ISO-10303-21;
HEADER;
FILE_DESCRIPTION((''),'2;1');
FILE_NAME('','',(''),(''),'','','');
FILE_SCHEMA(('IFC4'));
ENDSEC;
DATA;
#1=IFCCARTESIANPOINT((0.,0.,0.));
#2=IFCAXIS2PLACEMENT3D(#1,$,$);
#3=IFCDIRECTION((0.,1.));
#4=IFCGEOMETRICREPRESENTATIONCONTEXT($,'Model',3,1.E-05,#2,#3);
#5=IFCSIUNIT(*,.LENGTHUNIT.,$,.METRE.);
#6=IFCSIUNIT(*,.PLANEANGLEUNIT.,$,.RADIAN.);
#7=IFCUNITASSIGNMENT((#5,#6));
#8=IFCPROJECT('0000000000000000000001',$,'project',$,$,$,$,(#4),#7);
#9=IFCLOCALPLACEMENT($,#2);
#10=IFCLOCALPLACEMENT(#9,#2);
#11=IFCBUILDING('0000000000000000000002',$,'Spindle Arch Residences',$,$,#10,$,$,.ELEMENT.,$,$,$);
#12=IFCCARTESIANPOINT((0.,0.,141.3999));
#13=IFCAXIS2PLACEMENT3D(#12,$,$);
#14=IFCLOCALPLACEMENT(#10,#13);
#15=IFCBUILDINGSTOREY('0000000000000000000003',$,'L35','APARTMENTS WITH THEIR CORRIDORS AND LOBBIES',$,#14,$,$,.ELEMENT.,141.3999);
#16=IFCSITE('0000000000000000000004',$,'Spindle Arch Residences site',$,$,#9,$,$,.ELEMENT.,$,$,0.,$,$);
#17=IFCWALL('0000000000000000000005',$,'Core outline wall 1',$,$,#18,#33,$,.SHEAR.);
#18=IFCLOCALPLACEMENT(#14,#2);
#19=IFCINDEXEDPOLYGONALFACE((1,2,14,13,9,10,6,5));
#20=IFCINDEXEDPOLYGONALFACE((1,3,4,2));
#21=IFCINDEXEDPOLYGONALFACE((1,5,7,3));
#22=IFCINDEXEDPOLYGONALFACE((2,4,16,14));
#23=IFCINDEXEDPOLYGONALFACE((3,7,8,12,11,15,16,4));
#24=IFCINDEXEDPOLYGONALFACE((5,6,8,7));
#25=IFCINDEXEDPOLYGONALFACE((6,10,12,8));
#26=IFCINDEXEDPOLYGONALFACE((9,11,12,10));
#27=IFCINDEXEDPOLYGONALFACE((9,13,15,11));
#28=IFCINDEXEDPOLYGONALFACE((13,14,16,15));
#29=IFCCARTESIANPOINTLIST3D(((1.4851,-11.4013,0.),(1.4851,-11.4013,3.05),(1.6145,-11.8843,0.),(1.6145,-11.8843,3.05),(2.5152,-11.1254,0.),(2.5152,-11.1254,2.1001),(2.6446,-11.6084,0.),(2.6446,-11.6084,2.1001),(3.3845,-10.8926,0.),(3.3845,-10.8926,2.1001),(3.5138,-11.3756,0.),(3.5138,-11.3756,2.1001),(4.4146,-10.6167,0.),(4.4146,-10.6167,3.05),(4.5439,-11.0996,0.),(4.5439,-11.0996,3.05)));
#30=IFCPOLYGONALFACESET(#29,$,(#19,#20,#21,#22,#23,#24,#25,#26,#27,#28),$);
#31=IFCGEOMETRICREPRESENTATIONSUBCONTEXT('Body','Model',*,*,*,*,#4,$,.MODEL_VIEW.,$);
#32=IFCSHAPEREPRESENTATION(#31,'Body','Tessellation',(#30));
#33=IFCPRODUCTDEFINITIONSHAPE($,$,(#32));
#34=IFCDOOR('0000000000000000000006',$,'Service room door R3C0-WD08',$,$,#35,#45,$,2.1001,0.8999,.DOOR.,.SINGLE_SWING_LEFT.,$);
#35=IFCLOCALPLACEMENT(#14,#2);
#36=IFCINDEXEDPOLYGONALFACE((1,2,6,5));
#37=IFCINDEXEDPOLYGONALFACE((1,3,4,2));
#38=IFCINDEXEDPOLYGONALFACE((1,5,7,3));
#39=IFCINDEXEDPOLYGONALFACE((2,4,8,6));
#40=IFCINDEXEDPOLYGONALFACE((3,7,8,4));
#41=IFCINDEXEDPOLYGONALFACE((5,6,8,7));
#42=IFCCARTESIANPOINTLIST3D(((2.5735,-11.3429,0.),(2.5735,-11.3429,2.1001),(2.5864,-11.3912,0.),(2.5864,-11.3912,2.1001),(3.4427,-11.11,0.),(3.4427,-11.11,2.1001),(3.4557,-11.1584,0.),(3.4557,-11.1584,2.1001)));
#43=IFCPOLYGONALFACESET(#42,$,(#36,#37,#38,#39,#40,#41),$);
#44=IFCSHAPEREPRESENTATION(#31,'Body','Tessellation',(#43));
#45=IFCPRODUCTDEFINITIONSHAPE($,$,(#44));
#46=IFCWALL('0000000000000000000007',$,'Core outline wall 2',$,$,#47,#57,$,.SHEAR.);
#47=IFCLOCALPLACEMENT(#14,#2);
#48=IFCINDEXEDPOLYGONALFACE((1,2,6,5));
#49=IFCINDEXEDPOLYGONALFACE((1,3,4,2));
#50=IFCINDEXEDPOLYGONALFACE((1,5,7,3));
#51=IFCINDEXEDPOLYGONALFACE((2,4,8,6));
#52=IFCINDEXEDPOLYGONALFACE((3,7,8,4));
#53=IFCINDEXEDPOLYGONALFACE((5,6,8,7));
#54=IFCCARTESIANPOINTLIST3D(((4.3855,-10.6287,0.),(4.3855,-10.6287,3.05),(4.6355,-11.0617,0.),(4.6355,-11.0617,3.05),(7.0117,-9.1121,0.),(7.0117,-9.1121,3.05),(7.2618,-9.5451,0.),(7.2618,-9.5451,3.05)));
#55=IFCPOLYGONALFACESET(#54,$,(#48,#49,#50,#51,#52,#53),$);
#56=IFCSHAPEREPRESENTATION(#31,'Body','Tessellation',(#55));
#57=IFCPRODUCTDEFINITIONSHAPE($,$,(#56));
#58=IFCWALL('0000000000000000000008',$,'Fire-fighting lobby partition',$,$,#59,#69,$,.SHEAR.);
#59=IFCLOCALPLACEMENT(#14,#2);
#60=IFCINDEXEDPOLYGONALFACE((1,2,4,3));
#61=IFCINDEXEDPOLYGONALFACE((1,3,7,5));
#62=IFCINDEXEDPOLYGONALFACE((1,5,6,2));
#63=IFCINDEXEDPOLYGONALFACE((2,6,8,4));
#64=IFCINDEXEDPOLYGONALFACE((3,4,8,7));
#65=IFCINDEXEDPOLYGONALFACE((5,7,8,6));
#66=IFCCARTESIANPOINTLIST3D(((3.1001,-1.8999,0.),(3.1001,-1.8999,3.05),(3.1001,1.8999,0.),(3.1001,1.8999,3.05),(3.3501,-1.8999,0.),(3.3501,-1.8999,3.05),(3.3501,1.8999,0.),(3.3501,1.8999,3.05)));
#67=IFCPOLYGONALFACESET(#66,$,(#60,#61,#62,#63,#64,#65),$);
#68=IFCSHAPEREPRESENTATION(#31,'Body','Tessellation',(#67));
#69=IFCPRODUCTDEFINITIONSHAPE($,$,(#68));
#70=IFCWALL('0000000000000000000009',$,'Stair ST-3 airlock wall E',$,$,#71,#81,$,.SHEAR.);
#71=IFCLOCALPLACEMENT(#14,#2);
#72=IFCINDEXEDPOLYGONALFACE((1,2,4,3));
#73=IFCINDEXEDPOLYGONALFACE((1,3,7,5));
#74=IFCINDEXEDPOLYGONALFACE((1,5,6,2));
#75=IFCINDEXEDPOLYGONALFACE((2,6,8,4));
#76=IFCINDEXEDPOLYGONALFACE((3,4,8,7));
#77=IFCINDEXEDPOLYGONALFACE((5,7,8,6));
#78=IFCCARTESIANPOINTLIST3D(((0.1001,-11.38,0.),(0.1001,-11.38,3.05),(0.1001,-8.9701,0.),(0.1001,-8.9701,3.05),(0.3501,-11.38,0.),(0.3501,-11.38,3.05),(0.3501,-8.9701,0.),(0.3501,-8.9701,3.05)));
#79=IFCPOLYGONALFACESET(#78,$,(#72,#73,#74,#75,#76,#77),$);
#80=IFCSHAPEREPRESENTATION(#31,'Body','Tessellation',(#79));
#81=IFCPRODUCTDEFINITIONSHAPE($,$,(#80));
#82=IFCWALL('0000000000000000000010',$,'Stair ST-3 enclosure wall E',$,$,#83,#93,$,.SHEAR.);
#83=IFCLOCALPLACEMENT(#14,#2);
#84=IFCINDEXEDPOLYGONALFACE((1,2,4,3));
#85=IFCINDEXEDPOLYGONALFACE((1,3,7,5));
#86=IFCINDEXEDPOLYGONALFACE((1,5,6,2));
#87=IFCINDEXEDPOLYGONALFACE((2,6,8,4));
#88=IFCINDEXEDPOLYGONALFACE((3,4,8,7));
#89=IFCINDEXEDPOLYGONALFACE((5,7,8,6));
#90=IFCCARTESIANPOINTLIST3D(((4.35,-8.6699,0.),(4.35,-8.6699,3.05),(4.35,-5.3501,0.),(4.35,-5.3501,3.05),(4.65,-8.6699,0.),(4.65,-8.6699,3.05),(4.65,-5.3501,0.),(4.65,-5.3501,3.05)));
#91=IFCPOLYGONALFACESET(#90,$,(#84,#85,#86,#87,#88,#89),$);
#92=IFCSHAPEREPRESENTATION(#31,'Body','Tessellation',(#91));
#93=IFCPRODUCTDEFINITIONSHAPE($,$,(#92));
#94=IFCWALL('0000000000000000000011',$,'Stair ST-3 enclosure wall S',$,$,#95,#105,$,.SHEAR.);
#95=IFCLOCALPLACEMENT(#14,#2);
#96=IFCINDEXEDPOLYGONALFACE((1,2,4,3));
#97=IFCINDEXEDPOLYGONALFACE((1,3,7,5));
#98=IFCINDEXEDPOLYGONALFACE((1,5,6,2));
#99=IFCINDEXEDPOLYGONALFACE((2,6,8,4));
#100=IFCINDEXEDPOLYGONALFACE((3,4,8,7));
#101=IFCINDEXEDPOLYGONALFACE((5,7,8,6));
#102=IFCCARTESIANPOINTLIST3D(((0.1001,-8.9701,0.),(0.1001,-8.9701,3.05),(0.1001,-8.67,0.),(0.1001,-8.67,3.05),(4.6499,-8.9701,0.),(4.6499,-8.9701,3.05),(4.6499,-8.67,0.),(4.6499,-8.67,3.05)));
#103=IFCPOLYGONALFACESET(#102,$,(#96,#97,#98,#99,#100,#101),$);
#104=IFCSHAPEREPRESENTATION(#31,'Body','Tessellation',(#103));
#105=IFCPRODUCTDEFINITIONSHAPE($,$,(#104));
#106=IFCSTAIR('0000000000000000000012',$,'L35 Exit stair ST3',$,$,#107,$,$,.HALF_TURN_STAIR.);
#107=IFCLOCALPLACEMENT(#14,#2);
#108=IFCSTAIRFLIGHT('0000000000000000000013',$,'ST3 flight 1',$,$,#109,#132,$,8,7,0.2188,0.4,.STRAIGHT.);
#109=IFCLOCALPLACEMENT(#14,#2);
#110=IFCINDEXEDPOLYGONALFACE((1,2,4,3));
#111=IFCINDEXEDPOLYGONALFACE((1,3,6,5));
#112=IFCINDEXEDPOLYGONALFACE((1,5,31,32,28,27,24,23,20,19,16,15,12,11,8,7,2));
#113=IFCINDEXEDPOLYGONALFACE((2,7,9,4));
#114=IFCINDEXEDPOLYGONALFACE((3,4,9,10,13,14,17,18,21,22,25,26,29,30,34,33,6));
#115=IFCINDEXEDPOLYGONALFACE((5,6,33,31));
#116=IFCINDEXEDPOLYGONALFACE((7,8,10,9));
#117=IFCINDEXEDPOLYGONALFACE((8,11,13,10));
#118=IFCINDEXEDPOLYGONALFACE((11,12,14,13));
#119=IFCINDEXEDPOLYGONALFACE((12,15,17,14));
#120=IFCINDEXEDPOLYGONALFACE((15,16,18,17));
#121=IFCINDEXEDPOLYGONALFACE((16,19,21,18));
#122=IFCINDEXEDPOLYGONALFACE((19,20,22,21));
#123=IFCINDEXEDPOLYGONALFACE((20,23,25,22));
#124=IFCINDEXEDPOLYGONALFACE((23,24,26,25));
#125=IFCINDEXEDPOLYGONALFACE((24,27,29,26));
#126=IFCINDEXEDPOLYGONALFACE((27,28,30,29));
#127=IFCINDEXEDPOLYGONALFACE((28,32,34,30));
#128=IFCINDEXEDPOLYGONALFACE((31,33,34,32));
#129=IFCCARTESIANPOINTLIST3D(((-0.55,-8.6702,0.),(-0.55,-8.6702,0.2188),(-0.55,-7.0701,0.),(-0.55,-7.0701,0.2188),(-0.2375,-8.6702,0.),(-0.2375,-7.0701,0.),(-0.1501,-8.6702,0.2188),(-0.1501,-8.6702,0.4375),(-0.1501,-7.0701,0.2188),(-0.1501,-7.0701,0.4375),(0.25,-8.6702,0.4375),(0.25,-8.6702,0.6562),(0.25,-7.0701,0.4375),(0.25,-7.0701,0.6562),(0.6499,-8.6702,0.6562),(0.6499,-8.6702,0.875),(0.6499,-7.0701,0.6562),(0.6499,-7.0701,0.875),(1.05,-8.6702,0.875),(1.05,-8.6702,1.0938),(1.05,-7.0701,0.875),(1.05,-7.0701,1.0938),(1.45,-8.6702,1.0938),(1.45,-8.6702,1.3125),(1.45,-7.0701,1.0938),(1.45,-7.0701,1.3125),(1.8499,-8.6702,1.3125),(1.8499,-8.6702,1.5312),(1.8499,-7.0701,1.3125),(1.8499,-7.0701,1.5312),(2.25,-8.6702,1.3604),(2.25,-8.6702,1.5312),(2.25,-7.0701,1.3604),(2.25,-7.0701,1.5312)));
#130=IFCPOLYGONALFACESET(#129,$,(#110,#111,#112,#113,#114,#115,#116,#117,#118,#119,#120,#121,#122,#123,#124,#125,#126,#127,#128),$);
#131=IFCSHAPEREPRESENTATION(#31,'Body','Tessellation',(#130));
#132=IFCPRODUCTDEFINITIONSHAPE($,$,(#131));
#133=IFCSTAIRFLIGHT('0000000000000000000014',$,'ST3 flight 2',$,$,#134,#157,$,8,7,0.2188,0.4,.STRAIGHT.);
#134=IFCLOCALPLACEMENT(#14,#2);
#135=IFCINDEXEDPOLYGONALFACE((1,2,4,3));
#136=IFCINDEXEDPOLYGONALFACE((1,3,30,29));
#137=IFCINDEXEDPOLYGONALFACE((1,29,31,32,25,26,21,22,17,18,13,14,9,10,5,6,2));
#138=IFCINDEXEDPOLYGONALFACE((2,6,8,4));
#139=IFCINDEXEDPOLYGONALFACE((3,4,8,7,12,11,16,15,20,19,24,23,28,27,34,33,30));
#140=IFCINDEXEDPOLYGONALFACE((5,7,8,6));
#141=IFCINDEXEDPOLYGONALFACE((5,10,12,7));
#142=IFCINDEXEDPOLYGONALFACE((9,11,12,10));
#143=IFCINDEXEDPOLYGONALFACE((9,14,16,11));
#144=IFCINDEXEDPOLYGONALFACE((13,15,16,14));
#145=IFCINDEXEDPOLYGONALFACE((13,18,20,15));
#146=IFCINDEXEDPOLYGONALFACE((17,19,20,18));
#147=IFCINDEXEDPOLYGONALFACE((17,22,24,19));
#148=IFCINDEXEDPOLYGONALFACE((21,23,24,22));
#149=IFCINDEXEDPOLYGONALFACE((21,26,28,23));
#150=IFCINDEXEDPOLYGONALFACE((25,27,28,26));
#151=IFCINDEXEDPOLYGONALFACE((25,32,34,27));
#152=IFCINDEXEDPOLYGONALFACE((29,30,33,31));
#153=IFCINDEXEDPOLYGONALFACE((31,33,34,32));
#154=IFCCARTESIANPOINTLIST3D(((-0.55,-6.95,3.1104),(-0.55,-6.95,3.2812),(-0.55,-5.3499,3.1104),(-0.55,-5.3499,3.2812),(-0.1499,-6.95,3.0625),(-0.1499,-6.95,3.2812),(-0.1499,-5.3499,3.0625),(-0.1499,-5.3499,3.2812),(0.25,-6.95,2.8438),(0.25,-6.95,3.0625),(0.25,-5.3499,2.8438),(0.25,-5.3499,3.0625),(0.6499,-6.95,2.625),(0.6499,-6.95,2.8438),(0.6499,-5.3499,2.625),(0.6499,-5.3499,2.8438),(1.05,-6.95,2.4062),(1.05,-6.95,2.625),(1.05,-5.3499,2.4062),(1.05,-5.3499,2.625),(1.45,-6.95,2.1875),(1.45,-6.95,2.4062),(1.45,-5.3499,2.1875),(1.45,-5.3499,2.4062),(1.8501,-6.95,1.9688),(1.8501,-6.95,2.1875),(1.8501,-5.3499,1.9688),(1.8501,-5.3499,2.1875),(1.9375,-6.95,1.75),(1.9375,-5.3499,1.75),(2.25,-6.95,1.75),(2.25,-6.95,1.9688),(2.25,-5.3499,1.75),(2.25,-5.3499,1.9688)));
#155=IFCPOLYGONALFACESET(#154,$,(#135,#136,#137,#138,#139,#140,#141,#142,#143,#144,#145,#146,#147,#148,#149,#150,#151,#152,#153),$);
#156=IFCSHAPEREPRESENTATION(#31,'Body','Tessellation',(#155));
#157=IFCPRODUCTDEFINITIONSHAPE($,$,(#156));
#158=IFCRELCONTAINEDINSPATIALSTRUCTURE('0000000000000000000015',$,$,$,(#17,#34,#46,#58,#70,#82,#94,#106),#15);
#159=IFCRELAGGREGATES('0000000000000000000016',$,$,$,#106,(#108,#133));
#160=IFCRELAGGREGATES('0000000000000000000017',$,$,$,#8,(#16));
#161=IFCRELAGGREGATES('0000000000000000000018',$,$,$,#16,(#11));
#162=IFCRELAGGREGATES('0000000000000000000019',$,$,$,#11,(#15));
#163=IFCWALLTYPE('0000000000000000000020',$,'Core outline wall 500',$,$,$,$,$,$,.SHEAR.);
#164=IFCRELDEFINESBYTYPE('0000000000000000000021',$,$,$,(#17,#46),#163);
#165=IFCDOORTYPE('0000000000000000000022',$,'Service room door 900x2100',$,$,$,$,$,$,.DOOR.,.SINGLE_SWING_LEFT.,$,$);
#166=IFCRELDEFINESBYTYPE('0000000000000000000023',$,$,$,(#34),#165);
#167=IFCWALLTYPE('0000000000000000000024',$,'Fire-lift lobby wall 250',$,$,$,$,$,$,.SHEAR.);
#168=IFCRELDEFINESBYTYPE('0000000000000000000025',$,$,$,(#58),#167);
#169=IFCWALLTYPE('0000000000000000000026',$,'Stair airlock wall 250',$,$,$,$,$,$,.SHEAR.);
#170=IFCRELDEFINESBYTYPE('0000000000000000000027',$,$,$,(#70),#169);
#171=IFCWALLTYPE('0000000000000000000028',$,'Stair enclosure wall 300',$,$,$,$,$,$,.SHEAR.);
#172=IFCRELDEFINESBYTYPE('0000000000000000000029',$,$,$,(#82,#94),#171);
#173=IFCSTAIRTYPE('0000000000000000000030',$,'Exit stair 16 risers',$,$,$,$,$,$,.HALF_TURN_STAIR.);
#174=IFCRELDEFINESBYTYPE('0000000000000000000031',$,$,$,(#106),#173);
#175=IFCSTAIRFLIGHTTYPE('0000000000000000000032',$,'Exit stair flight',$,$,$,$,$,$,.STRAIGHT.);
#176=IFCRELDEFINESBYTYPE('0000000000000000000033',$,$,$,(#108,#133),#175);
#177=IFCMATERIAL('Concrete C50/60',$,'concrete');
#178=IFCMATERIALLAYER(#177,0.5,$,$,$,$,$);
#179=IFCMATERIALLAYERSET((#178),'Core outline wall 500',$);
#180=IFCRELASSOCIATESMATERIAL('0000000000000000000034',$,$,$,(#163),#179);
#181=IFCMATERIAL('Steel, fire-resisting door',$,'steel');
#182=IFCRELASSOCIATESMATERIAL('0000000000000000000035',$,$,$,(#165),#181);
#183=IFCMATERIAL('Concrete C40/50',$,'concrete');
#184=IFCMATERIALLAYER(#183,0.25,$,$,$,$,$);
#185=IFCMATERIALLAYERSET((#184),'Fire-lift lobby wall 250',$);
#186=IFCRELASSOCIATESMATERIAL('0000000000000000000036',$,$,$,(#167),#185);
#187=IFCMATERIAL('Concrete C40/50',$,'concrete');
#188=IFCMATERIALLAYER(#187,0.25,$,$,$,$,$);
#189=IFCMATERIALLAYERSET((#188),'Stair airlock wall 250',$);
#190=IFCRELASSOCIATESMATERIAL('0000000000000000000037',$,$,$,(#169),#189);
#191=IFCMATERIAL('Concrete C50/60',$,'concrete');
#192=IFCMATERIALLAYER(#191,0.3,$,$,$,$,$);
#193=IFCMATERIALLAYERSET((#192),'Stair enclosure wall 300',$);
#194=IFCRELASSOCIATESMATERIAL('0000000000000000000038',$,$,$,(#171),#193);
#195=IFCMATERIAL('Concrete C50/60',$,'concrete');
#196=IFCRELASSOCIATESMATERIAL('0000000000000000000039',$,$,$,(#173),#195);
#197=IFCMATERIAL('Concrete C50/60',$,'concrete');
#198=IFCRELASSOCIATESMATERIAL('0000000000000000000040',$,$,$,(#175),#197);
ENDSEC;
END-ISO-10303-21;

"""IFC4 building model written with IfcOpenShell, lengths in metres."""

from ifc_helpers import new_model, si_unit, direction, frame, frame_2d, origin, place, context, subcontext, project, spatial, polyline, rectangle, outline, extrude, material, layer, layer_set, type_object, element, fill, aggregate, save


model = new_model("IFC4")

# Units and contexts
model_context = context("Model", 3, precision=1e-05, world=origin(), true_north=direction((0.0, 1.0)))
body_context = subcontext(model_context, "Body", "Model", "MODEL_VIEW")
ifc_project = project(units=[si_unit("LENGTHUNIT", "METRE"), si_unit("PLANEANGLEUNIT", "RADIAN")], contexts=[model_context])

# Site, building, storey
site_placement = place(None, origin())
site = spatial("IfcSite", under=ifc_project, at=site_placement, Name="Spindle Arch Residences site", CompositionType="ELEMENT", RefElevation=0.0)
building_placement = place(site_placement, origin())
building = spatial("IfcBuilding", under=site, at=building_placement, Name="Spindle Arch Residences", CompositionType="ELEMENT")
storey_placement = place(building_placement, frame((0.0, 0.0, 141.3999)))
storey = spatial("IfcBuildingStorey", under=building, at=storey_placement, Name="L35", Description="APARTMENTS WITH THEIR CORRIDORS AND LOBBIES", CompositionType="ELEMENT", Elevation=141.3999)

# Wall, opening, door
ifc_material_1 = material(Name="Concrete C50/60", Category="concrete")
ifc_layer_1 = layer(ifc_material_1, 0.5)
ifc_layer_set_1 = layer_set([ifc_layer_1], Name="Core outline wall 500")
wall_type_1 = type_object("IfcWallType", Name="Core outline wall 500", PredefinedType="SHEAR", material=ifc_layer_set_1)
wall_1_placement = place(storey_placement, frame((1.5498, -11.6428, 0.0), z_axis=(0.0, 0.0, 1.0), x_axis=(0.965948, 0.258735, 0.0)))
wall_1 = element("IfcWall", 1, at=wall_1_placement, inside=storey, type_object=wall_type_1, Name="Core outline wall 1", PredefinedType="SHEAR", context=body_context, shape_type="SweptSolid", body=[
    extrude(rectangle(XDim=3.0327, YDim=0.5, at=frame_2d((1.5164, 0.0))), origin(), (0.0, 0.0, 1.0), 3.05),
])
opening_1_placement = place(wall_1_placement, frame((1.0664, 0.0, 0.0)))
opening_1 = element("IfcOpeningElement", 2, at=opening_1_placement, cuts=wall_1, PredefinedType="OPENING", context=body_context, shape_type="SweptSolid", body=[
    extrude(rectangle(XDim=0.8999, YDim=2.1001, at=frame_2d((0.45, 1.05))), frame((0.0, 0.26, 0.0), z_axis=(0.0, -1.0, 0.0), x_axis=(1.0, 0.0, 0.0)), (0.0, 0.0, 1.0), 0.52),
])
ifc_material_2 = material(Name="Steel, fire-resisting door", Category="steel")
door_type_1 = type_object("IfcDoorType", Name="Service room door 900x2100", OperationType="SINGLE_SWING_LEFT", PredefinedType="DOOR", material=ifc_material_2)
door_1_placement = place(opening_1_placement, origin())
door_1 = element("IfcDoor", 3, at=door_1_placement, inside=storey, type_object=door_type_1, Name="Service room door R3C0-WD08", OperationType="SINGLE_SWING_LEFT", OverallHeight=2.1001, OverallWidth=0.8999, PredefinedType="DOOR", context=body_context, shape_type="SweptSolid", body=[
    extrude(rectangle(XDim=0.8999, YDim=2.1001, at=frame_2d((0.45, 1.05))), frame((0.0, 0.0249, 0.0), z_axis=(0.0, -1.0, 0.0), x_axis=(1.0, 0.0, 0.0)), (0.0, 0.0, 1.0), 0.05),
])
fill(opening_1, door_1)

# Walls
wall_2_placement = place(storey_placement, frame((4.5105, -10.8452, 0.0), z_axis=(0.0, 0.0, 1.0), x_axis=(0.865975, 0.500087, 0.0)))
element("IfcWall", 4, at=wall_2_placement, inside=storey, type_object=wall_type_1, Name="Core outline wall 2", PredefinedType="SHEAR", context=body_context, shape_type="SweptSolid", body=[
    extrude(rectangle(XDim=3.0327, YDim=0.5, at=frame_2d((1.5164, 0.0))), origin(), (0.0, 0.0, 1.0), 3.05),
])
ifc_material_3 = material(Name="Concrete C40/50", Category="concrete")
ifc_layer_2 = layer(ifc_material_3, 0.25)
ifc_layer_set_2 = layer_set([ifc_layer_2], Name="Fire-lift lobby wall 250")
wall_type_2 = type_object("IfcWallType", Name="Fire-lift lobby wall 250", PredefinedType="SHEAR", material=ifc_layer_set_2)
wall_3_placement = place(storey_placement, frame((3.2251, -1.8999, 0.0), z_axis=(0.0, 0.0, 1.0), x_axis=(0.0, 1.0, 0.0)))
element("IfcWall", 5, at=wall_3_placement, inside=storey, type_object=wall_type_2, Name="Fire-fighting lobby partition", PredefinedType="SHEAR", context=body_context, shape_type="SweptSolid", body=[
    extrude(rectangle(XDim=3.7998, YDim=0.25, at=frame_2d((1.8999, 0.0))), origin(), (0.0, 0.0, 1.0), 3.05),
])

# Walls
ifc_material_4 = material(Name="Concrete C40/50", Category="concrete")
ifc_layer_3 = layer(ifc_material_4, 0.25)
ifc_layer_set_3 = layer_set([ifc_layer_3], Name="Stair airlock wall 250")
wall_type_3 = type_object("IfcWallType", Name="Stair airlock wall 250", PredefinedType="SHEAR", material=ifc_layer_set_3)
wall_4_placement = place(storey_placement, frame((0.2251, -8.97, 0.0), z_axis=(0.0, 0.0, 1.0), x_axis=(0.0, -1.0, 0.0)))
element("IfcWall", 6, at=wall_4_placement, inside=storey, type_object=wall_type_3, Name="Stair ST-3 airlock wall E", PredefinedType="SHEAR", context=body_context, shape_type="SweptSolid", body=[
    extrude(rectangle(XDim=2.4099, YDim=0.25, at=frame_2d((1.2051, 0.0))), origin(), (0.0, 0.0, 1.0), 3.05),
])
ifc_material_5 = material(Name="Concrete C50/60", Category="concrete")
ifc_layer_4 = layer(ifc_material_5, 0.3)
ifc_layer_set_4 = layer_set([ifc_layer_4], Name="Stair enclosure wall 300")
wall_type_4 = type_object("IfcWallType", Name="Stair enclosure wall 300", PredefinedType="SHEAR", material=ifc_layer_set_4)
wall_5_placement = place(storey_placement, frame((4.5, -8.6699, 0.0), z_axis=(0.0, 0.0, 1.0), x_axis=(0.0, 1.0, 0.0)))
element("IfcWall", 7, at=wall_5_placement, inside=storey, type_object=wall_type_4, Name="Stair ST-3 enclosure wall E", PredefinedType="SHEAR", context=body_context, shape_type="SweptSolid", body=[
    extrude(rectangle(XDim=3.3198, YDim=0.3, at=frame_2d((1.6599, 0.0))), origin(), (0.0, 0.0, 1.0), 3.05),
])
wall_6_placement = place(storey_placement, frame((0.1001, -8.8201, 0.0), z_axis=(0.0, 0.0, 1.0), x_axis=(1.0, 0.0, 0.0)))
element("IfcWall", 8, at=wall_6_placement, inside=storey, type_object=wall_type_4, Name="Stair ST-3 enclosure wall S", PredefinedType="SHEAR", context=body_context, shape_type="SweptSolid", body=[
    extrude(rectangle(XDim=4.5498, YDim=0.3, at=frame_2d((2.2749, 0.0))), origin(), (0.0, 0.0, 1.0), 3.05),
])

# Stair, stair flights
ifc_material_6 = material(Name="Concrete C50/60", Category="concrete")
stair_type = type_object("IfcStairType", Name="Exit stair 16 risers", PredefinedType="HALF_TURN_STAIR", material=ifc_material_6)
stair_placement = place(storey_placement, origin())
stair = element("IfcStair", 9, at=stair_placement, inside=storey, type_object=stair_type, Name="L35 Exit stair ST3", PredefinedType="HALF_TURN_STAIR")
ifc_material_7 = material(Name="Concrete C50/60", Category="concrete")
stair_flight_type = type_object("IfcStairFlightType", Name="Exit stair flight", PredefinedType="STRAIGHT", material=ifc_material_7)
stair_flight_1_placement = place(storey_placement, frame((-0.55, -7.8701, 0.0), z_axis=(0.0, 0.0, 1.0), x_axis=(1.0, 0.0, 0.0)))
stair_flight_1 = element("IfcStairFlight", 10, at=stair_flight_1_placement, type_object=stair_flight_type, Name="ST3 flight 1", NumberOfRisers=8, NumberOfTreads=7, PredefinedType="STRAIGHT", RiserHeight=0.2188, TreadLength=0.4, context=body_context, shape_type="SweptSolid", body=[
    extrude(outline(polyline([(0.0, 0.0), (0.0, 0.2188), (0.3999, 0.2188), (0.3999, 0.4375), (0.8, 0.4375), (0.8, 0.6562), (1.2, 0.6562), (1.2, 0.875), (1.6001, 0.875), (1.6001, 1.0938), (2.0, 1.0938), (2.0, 1.3125), (2.3999, 1.3125), (2.3999, 1.5312), (2.8, 1.5312), (2.8, 1.75), (2.8, 1.3604), (0.3125, 0.0), (0.0, 0.0)])), frame((0.0, 0.8, 0.0), z_axis=(0.0, -1.0, 0.0), x_axis=(1.0, 0.0, 0.0)), (0.0, 0.0, 1.0), 1.6001),
])
stair_flight_2_placement = place(storey_placement, frame((2.25, -6.1499, 1.75), z_axis=(0.0, 0.0, 1.0), x_axis=(-1.0, 0.0, 0.0)))
stair_flight_2 = element("IfcStairFlight", 11, at=stair_flight_2_placement, type_object=stair_flight_type, Name="ST3 flight 2", NumberOfRisers=8, NumberOfTreads=7, PredefinedType="STRAIGHT", RiserHeight=0.2188, TreadLength=0.4, context=body_context, shape_type="SweptSolid", body=[
    extrude(outline(polyline([(0.0, 0.0), (0.0, 0.2188), (0.3999, 0.2188), (0.3999, 0.4375), (0.8, 0.4375), (0.8, 0.6562), (1.2, 0.6562), (1.2, 0.875), (1.6001, 0.875), (1.6001, 1.0938), (2.0, 1.0938), (2.0, 1.3125), (2.3999, 1.3125), (2.3999, 1.5312), (2.8, 1.5312), (2.8, 1.75), (2.8, 1.3604), (0.3125, 0.0), (0.0, 0.0)])), frame((0.0, 0.8, 0.0), z_axis=(0.0, -1.0, 0.0), x_axis=(1.0, 0.0, 0.0)), (0.0, 0.0, 1.0), 1.6001),
])
aggregate(stair, [stair_flight_1, stair_flight_2])

save(model, "model.ifc")
